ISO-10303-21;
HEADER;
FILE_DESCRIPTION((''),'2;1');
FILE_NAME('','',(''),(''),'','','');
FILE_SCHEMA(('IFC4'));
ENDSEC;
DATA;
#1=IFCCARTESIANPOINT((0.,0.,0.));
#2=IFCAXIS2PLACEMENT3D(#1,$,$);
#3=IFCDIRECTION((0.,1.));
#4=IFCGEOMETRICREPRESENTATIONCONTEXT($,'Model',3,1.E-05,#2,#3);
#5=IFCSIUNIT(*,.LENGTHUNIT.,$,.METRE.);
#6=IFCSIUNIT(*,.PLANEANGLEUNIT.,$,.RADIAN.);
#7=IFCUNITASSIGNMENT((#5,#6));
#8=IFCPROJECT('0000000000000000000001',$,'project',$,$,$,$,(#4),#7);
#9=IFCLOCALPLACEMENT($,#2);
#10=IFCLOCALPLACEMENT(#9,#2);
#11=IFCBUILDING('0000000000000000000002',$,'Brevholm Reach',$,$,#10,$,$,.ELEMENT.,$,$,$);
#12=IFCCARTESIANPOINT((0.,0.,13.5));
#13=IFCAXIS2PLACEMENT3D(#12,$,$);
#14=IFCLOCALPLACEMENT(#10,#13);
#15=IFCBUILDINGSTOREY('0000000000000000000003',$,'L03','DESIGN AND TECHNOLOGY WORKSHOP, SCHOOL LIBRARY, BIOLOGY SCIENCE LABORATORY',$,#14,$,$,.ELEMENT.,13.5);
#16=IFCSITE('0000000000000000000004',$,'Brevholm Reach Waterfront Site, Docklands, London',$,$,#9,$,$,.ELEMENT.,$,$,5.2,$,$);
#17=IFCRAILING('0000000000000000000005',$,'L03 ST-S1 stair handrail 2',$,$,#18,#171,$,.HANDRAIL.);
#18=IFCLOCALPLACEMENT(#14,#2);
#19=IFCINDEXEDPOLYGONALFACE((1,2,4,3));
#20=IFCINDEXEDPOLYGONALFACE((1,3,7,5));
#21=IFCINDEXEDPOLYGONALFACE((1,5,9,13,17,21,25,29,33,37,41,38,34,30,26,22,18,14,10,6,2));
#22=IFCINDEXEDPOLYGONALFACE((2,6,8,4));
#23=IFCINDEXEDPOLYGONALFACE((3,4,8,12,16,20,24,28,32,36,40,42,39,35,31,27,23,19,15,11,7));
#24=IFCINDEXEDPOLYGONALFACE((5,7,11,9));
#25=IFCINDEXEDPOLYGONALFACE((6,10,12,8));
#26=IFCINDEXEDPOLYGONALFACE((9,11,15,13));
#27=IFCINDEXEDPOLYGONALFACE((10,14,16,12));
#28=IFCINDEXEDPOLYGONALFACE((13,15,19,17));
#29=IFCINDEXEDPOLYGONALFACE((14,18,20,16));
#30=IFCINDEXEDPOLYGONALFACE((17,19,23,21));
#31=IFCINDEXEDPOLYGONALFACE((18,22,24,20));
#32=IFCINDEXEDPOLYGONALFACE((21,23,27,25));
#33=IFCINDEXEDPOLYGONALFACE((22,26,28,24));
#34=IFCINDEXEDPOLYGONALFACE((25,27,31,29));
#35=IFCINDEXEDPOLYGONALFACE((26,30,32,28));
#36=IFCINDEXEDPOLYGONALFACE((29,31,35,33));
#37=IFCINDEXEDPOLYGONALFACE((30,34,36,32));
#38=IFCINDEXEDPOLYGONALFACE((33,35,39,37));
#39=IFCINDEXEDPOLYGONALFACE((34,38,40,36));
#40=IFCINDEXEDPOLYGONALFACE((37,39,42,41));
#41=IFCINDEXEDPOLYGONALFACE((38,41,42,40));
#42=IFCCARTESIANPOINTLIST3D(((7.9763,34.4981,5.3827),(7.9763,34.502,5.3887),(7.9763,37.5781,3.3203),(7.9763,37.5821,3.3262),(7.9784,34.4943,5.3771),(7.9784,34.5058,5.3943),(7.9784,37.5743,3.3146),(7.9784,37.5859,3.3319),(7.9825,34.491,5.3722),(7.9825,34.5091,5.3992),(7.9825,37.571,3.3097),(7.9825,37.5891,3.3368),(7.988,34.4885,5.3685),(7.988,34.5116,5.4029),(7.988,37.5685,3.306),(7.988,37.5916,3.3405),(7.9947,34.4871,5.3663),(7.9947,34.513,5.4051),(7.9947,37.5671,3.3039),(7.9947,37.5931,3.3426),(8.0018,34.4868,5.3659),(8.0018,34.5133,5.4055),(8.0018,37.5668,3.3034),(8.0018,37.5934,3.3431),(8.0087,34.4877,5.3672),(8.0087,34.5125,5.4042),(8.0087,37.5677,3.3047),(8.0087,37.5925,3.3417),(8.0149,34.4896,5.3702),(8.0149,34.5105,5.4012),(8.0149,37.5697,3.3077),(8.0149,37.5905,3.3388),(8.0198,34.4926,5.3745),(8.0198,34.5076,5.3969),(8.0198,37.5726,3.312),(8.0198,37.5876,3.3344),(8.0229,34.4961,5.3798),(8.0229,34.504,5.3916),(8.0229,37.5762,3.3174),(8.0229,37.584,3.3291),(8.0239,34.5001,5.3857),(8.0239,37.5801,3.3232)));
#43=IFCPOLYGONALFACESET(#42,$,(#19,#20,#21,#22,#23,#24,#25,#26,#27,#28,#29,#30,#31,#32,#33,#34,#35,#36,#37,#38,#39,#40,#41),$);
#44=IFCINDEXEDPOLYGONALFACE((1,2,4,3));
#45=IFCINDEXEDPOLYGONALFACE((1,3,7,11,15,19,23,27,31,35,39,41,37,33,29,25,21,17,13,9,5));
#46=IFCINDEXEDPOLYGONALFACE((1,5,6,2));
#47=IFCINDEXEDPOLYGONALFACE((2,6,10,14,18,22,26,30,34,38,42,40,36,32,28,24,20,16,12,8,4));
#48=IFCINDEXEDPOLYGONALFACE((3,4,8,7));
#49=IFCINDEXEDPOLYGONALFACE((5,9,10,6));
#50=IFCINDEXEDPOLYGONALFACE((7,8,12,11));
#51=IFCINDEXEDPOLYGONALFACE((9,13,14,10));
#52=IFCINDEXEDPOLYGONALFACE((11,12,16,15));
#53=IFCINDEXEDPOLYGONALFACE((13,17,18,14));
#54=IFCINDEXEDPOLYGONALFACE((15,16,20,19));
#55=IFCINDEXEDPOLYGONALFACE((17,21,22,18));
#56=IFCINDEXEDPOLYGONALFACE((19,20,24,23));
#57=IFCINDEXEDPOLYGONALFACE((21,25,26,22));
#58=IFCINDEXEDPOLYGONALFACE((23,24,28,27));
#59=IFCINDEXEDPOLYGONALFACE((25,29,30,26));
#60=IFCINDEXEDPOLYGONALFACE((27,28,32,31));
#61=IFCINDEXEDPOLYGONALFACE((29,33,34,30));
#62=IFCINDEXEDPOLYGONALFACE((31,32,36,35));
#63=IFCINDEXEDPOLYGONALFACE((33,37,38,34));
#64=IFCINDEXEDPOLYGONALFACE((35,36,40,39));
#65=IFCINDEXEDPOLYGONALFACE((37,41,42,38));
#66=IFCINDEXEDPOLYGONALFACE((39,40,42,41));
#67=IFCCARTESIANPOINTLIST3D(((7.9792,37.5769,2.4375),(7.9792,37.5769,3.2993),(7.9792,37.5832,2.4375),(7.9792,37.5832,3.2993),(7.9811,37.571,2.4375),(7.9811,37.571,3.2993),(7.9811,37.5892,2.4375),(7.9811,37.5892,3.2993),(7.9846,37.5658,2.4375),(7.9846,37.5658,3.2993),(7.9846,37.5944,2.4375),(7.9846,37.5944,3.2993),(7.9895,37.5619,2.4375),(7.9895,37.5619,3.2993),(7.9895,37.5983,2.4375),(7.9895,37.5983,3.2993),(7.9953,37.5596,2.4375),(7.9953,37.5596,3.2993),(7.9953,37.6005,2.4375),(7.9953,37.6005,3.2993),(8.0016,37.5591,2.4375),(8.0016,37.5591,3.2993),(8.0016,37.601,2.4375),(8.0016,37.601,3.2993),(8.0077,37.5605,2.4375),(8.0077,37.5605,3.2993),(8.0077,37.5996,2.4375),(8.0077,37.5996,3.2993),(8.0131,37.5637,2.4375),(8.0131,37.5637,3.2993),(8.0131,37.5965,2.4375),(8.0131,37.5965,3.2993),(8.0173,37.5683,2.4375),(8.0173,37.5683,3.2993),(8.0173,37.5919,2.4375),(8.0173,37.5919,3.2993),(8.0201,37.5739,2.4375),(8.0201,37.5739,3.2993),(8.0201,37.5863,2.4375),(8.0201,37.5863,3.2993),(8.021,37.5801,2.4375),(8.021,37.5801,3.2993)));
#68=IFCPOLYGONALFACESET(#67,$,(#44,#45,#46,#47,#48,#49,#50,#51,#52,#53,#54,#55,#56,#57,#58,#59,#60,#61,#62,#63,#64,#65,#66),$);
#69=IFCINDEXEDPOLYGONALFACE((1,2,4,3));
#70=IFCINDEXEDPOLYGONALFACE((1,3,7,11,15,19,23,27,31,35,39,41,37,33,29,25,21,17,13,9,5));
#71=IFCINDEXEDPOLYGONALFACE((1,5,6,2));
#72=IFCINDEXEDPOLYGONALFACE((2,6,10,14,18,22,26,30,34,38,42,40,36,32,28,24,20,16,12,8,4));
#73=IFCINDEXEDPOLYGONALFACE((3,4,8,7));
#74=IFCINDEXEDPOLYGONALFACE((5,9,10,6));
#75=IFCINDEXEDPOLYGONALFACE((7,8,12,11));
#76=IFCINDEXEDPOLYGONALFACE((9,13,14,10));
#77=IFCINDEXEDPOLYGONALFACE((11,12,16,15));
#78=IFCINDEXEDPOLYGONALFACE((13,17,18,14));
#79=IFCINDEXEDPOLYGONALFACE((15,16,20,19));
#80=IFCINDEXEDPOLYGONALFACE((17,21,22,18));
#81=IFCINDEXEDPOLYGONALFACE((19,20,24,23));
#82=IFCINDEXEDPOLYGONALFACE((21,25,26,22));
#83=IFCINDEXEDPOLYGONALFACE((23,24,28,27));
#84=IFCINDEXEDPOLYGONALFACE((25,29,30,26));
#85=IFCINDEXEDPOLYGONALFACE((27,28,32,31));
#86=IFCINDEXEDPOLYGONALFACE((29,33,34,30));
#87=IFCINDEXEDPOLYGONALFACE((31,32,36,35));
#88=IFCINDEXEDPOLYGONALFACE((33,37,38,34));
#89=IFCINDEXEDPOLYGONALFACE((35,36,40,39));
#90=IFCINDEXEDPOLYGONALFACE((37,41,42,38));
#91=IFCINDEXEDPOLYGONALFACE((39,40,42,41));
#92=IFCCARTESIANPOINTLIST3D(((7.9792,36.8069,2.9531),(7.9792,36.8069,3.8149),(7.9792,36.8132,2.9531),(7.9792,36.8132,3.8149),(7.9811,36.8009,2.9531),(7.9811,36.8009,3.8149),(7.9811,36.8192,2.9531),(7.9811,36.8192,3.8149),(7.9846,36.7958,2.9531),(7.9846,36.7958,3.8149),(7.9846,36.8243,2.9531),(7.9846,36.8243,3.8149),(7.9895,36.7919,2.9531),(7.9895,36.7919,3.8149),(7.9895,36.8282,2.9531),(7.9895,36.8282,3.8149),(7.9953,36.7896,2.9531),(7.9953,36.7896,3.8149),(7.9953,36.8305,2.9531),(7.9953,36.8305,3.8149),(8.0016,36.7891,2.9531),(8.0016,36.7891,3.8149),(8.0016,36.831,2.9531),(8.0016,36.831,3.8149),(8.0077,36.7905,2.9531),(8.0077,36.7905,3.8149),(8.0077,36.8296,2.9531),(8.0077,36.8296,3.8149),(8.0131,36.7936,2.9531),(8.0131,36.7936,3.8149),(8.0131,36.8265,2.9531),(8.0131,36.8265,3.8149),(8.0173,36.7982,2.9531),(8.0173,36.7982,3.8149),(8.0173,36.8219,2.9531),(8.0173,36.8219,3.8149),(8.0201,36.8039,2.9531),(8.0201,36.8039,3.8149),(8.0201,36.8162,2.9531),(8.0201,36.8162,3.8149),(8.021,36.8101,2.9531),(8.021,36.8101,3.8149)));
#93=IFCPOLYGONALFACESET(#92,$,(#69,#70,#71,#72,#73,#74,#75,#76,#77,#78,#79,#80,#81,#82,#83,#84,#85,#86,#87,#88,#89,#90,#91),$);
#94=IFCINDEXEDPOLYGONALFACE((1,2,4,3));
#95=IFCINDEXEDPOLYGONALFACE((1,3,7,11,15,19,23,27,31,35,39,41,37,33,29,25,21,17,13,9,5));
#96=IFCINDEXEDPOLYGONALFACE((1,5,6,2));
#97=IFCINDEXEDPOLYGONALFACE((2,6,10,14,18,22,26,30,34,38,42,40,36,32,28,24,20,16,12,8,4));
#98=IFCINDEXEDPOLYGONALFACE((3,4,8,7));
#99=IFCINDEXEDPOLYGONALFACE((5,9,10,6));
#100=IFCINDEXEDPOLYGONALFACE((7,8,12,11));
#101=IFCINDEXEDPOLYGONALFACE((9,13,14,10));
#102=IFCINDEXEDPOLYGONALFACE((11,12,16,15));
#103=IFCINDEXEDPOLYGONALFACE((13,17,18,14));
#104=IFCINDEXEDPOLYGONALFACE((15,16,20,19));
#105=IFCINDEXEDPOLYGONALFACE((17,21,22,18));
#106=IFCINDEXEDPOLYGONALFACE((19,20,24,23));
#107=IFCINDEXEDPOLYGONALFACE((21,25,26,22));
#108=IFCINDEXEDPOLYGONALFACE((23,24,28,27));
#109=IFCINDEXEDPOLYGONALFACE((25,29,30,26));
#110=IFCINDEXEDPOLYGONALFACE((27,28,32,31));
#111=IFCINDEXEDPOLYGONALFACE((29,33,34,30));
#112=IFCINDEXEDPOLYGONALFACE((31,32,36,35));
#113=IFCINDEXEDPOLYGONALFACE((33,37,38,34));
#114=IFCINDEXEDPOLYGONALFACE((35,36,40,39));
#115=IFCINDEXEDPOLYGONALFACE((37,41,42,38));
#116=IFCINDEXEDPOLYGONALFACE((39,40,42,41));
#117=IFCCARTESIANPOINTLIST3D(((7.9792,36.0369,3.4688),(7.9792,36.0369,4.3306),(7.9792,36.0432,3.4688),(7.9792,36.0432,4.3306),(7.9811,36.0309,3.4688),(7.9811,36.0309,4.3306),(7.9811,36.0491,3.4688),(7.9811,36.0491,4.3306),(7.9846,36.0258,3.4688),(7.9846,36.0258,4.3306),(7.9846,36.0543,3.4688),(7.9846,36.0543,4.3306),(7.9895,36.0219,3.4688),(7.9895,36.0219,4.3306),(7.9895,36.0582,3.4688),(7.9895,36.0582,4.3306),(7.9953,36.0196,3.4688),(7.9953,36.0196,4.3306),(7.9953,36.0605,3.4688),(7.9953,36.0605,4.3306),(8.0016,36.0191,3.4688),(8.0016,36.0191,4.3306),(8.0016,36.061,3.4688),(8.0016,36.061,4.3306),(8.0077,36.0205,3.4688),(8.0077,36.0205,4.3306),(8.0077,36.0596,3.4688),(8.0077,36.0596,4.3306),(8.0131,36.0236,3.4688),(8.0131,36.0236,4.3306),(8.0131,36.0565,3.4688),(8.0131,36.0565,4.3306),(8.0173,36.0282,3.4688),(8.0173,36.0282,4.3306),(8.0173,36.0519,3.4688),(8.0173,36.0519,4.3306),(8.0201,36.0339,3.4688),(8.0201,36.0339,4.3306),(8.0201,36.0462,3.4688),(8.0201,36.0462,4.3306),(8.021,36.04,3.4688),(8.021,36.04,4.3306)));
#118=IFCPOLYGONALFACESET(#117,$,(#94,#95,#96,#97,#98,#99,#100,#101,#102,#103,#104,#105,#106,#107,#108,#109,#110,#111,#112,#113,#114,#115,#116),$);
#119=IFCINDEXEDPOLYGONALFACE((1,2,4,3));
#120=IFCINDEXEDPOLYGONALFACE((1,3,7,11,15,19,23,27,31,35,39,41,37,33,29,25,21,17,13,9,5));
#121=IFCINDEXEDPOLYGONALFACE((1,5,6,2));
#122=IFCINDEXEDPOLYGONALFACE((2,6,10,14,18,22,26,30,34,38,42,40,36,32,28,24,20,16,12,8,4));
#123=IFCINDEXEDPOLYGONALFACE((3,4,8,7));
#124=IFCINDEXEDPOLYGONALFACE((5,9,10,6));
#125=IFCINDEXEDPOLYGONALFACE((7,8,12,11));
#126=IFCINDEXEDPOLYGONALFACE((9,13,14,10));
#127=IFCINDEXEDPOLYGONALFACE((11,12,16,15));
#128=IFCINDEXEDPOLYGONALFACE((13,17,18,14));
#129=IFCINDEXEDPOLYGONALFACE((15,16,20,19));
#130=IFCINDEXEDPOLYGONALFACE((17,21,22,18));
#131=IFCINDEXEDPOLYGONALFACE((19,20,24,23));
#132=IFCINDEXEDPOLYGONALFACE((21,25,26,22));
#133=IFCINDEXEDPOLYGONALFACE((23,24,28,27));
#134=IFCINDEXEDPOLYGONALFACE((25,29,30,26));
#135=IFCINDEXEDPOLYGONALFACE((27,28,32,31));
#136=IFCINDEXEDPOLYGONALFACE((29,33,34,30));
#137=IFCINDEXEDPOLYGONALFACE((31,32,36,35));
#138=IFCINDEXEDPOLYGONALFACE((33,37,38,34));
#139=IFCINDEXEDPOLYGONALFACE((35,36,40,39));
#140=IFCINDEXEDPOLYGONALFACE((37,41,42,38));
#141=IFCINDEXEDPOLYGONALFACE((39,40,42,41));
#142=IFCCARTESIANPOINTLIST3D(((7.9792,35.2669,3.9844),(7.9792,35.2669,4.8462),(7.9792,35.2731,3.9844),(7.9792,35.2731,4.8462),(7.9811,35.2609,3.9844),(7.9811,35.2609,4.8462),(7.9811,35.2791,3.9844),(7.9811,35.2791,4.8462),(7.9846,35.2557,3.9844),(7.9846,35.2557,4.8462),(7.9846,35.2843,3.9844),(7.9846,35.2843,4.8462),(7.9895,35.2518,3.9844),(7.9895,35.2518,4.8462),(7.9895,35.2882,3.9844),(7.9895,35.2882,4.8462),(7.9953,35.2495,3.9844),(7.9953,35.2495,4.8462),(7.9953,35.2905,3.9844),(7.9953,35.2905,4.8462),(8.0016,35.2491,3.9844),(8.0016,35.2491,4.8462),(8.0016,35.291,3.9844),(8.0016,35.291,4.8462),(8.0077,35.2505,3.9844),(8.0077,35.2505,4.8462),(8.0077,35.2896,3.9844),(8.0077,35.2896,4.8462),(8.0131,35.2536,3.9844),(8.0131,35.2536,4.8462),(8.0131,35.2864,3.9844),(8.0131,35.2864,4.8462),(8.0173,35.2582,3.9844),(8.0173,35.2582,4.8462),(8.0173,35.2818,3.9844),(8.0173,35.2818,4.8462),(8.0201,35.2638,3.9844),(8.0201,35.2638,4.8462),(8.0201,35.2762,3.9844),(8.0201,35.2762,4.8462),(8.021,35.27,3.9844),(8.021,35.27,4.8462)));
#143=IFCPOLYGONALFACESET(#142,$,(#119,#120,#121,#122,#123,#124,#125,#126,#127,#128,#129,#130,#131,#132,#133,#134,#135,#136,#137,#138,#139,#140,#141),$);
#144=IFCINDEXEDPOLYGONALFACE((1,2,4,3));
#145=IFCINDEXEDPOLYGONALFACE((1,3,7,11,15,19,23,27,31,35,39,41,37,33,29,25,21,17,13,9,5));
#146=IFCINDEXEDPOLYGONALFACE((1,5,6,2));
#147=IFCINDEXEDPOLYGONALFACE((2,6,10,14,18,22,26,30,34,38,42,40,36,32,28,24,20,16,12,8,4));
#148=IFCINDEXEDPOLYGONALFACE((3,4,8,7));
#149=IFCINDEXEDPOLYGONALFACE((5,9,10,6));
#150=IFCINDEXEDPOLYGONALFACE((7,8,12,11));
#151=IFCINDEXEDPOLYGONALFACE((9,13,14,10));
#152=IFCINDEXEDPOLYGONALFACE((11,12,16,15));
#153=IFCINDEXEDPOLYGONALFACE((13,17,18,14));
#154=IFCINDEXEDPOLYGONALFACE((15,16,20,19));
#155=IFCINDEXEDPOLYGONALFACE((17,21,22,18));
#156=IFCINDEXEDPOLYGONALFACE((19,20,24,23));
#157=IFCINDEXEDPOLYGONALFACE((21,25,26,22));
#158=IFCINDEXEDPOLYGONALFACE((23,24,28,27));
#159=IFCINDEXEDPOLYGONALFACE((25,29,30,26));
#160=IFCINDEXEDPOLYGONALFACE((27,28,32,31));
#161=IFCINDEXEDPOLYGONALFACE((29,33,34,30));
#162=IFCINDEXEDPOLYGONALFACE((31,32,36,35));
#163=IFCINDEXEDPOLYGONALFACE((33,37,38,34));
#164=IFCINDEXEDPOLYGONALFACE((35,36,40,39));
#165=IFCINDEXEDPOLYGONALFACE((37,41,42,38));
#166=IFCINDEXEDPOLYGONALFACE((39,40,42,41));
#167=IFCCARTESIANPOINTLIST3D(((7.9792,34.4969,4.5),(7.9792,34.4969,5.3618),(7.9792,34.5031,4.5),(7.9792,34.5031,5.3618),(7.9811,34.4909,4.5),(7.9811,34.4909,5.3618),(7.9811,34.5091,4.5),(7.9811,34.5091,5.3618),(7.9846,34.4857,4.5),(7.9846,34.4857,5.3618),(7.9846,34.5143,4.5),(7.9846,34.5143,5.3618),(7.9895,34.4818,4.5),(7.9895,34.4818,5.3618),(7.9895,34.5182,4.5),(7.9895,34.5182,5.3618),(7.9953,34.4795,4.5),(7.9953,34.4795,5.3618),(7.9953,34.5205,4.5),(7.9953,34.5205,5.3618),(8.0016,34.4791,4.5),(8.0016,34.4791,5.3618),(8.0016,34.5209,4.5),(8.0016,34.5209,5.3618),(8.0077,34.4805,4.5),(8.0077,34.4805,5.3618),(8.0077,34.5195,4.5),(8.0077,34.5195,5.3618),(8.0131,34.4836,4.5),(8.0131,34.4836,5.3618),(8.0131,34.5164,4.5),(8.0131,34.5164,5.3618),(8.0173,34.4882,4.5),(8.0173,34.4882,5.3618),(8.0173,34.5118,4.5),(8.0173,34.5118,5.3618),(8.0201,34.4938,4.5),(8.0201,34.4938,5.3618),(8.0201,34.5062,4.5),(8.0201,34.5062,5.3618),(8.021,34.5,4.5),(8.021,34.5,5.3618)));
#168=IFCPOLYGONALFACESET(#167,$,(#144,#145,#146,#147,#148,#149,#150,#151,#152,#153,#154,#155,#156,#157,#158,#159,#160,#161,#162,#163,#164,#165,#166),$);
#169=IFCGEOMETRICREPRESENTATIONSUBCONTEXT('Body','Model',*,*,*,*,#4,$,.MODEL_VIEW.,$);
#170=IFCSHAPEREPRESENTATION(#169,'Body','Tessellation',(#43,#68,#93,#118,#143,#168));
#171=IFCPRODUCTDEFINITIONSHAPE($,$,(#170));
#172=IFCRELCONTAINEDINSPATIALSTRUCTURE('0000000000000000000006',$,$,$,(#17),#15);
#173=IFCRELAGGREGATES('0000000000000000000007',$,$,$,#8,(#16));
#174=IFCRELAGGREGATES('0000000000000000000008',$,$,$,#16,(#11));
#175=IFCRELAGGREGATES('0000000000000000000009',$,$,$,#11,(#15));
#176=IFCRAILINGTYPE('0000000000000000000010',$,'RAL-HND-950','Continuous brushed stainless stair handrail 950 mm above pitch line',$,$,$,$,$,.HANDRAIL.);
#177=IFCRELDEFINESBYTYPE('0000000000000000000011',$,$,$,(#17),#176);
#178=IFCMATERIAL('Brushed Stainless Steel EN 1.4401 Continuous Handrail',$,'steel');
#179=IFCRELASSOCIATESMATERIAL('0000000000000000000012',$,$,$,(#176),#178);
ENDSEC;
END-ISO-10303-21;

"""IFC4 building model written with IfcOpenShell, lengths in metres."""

from ifc_helpers import new_model, si_unit, direction, frame, origin, origin_2d, place, context, subcontext, project, spatial, circle, extrude, material, type_object, element, save


model = new_model("IFC4")

# Units and contexts
model_context = context("Model", 3, precision=1e-05, world=origin(), true_north=direction((0.0, 1.0)))
body_context = subcontext(model_context, "Body", "Model", "MODEL_VIEW")
ifc_project = project(units=[si_unit("LENGTHUNIT", "METRE"), si_unit("PLANEANGLEUNIT", "RADIAN")], contexts=[model_context])

# Site, building, storey
site_placement = place(None, origin())
site = spatial("IfcSite", under=ifc_project, at=site_placement, Name="Brevholm Reach Waterfront Site, Docklands, London", CompositionType="ELEMENT", RefElevation=5.2)
building_placement = place(site_placement, origin())
building = spatial("IfcBuilding", under=site, at=building_placement, Name="Brevholm Reach", CompositionType="ELEMENT")
storey_placement = place(building_placement, frame((0.0, 0.0, 13.5)))
storey = spatial("IfcBuildingStorey", under=building, at=storey_placement, Name="L03", Description="DESIGN AND TECHNOLOGY WORKSHOP, SCHOOL LIBRARY, BIOLOGY SCIENCE LABORATORY", CompositionType="ELEMENT", Elevation=13.5)

# Railing
ifc_material_1 = material(Name="Brushed Stainless Steel EN 1.4401 Continuous Handrail", Category="steel")
railing_type_1 = type_object("IfcRailingType", Name="RAL-HND-950", Description="Continuous brushed stainless stair handrail 950 mm above pitch line", PredefinedType="HANDRAIL", material=ifc_material_1)
for number, where, name in (
    (1, (8.0, 37.5801, 2.4375), "L03 ST-S1 stair handrail 2"),
):
    element("IfcRailing", number, at=place(storey_placement, frame(where)), inside=storey, type_object=railing_type_1, Name=name, PredefinedType="HANDRAIL", context=body_context, shape_type="SweptSolid", body=[
        extrude(circle(Radius=0.0239, at=origin_2d()), frame((0.0, 0.0, 0.8857), z_axis=(0.0, -0.830914, 0.556401), x_axis=(1.0, 0.0, 0.0)), (0.0, 0.0, 1.0), 3.7068),
        extrude(circle(Radius=0.021, at=origin_2d()), origin(), (0.0, 0.0, 1.0), 0.8618),
        extrude(circle(Radius=0.021, at=origin_2d()), frame((0.0, -0.77, 0.5156)), (0.0, 0.0, 1.0), 0.8618),
        extrude(circle(Radius=0.021, at=origin_2d()), frame((0.0, -1.54, 1.0312)), (0.0, 0.0, 1.0), 0.8618),
        extrude(circle(Radius=0.021, at=origin_2d()), frame((0.0, -2.3101, 1.5469)), (0.0, 0.0, 1.0), 0.8618),
        extrude(circle(Radius=0.021, at=origin_2d()), frame((0.0, -3.0801, 2.0625)), (0.0, 0.0, 1.0), 0.8618),
    ])

save(model, "model.ifc")
